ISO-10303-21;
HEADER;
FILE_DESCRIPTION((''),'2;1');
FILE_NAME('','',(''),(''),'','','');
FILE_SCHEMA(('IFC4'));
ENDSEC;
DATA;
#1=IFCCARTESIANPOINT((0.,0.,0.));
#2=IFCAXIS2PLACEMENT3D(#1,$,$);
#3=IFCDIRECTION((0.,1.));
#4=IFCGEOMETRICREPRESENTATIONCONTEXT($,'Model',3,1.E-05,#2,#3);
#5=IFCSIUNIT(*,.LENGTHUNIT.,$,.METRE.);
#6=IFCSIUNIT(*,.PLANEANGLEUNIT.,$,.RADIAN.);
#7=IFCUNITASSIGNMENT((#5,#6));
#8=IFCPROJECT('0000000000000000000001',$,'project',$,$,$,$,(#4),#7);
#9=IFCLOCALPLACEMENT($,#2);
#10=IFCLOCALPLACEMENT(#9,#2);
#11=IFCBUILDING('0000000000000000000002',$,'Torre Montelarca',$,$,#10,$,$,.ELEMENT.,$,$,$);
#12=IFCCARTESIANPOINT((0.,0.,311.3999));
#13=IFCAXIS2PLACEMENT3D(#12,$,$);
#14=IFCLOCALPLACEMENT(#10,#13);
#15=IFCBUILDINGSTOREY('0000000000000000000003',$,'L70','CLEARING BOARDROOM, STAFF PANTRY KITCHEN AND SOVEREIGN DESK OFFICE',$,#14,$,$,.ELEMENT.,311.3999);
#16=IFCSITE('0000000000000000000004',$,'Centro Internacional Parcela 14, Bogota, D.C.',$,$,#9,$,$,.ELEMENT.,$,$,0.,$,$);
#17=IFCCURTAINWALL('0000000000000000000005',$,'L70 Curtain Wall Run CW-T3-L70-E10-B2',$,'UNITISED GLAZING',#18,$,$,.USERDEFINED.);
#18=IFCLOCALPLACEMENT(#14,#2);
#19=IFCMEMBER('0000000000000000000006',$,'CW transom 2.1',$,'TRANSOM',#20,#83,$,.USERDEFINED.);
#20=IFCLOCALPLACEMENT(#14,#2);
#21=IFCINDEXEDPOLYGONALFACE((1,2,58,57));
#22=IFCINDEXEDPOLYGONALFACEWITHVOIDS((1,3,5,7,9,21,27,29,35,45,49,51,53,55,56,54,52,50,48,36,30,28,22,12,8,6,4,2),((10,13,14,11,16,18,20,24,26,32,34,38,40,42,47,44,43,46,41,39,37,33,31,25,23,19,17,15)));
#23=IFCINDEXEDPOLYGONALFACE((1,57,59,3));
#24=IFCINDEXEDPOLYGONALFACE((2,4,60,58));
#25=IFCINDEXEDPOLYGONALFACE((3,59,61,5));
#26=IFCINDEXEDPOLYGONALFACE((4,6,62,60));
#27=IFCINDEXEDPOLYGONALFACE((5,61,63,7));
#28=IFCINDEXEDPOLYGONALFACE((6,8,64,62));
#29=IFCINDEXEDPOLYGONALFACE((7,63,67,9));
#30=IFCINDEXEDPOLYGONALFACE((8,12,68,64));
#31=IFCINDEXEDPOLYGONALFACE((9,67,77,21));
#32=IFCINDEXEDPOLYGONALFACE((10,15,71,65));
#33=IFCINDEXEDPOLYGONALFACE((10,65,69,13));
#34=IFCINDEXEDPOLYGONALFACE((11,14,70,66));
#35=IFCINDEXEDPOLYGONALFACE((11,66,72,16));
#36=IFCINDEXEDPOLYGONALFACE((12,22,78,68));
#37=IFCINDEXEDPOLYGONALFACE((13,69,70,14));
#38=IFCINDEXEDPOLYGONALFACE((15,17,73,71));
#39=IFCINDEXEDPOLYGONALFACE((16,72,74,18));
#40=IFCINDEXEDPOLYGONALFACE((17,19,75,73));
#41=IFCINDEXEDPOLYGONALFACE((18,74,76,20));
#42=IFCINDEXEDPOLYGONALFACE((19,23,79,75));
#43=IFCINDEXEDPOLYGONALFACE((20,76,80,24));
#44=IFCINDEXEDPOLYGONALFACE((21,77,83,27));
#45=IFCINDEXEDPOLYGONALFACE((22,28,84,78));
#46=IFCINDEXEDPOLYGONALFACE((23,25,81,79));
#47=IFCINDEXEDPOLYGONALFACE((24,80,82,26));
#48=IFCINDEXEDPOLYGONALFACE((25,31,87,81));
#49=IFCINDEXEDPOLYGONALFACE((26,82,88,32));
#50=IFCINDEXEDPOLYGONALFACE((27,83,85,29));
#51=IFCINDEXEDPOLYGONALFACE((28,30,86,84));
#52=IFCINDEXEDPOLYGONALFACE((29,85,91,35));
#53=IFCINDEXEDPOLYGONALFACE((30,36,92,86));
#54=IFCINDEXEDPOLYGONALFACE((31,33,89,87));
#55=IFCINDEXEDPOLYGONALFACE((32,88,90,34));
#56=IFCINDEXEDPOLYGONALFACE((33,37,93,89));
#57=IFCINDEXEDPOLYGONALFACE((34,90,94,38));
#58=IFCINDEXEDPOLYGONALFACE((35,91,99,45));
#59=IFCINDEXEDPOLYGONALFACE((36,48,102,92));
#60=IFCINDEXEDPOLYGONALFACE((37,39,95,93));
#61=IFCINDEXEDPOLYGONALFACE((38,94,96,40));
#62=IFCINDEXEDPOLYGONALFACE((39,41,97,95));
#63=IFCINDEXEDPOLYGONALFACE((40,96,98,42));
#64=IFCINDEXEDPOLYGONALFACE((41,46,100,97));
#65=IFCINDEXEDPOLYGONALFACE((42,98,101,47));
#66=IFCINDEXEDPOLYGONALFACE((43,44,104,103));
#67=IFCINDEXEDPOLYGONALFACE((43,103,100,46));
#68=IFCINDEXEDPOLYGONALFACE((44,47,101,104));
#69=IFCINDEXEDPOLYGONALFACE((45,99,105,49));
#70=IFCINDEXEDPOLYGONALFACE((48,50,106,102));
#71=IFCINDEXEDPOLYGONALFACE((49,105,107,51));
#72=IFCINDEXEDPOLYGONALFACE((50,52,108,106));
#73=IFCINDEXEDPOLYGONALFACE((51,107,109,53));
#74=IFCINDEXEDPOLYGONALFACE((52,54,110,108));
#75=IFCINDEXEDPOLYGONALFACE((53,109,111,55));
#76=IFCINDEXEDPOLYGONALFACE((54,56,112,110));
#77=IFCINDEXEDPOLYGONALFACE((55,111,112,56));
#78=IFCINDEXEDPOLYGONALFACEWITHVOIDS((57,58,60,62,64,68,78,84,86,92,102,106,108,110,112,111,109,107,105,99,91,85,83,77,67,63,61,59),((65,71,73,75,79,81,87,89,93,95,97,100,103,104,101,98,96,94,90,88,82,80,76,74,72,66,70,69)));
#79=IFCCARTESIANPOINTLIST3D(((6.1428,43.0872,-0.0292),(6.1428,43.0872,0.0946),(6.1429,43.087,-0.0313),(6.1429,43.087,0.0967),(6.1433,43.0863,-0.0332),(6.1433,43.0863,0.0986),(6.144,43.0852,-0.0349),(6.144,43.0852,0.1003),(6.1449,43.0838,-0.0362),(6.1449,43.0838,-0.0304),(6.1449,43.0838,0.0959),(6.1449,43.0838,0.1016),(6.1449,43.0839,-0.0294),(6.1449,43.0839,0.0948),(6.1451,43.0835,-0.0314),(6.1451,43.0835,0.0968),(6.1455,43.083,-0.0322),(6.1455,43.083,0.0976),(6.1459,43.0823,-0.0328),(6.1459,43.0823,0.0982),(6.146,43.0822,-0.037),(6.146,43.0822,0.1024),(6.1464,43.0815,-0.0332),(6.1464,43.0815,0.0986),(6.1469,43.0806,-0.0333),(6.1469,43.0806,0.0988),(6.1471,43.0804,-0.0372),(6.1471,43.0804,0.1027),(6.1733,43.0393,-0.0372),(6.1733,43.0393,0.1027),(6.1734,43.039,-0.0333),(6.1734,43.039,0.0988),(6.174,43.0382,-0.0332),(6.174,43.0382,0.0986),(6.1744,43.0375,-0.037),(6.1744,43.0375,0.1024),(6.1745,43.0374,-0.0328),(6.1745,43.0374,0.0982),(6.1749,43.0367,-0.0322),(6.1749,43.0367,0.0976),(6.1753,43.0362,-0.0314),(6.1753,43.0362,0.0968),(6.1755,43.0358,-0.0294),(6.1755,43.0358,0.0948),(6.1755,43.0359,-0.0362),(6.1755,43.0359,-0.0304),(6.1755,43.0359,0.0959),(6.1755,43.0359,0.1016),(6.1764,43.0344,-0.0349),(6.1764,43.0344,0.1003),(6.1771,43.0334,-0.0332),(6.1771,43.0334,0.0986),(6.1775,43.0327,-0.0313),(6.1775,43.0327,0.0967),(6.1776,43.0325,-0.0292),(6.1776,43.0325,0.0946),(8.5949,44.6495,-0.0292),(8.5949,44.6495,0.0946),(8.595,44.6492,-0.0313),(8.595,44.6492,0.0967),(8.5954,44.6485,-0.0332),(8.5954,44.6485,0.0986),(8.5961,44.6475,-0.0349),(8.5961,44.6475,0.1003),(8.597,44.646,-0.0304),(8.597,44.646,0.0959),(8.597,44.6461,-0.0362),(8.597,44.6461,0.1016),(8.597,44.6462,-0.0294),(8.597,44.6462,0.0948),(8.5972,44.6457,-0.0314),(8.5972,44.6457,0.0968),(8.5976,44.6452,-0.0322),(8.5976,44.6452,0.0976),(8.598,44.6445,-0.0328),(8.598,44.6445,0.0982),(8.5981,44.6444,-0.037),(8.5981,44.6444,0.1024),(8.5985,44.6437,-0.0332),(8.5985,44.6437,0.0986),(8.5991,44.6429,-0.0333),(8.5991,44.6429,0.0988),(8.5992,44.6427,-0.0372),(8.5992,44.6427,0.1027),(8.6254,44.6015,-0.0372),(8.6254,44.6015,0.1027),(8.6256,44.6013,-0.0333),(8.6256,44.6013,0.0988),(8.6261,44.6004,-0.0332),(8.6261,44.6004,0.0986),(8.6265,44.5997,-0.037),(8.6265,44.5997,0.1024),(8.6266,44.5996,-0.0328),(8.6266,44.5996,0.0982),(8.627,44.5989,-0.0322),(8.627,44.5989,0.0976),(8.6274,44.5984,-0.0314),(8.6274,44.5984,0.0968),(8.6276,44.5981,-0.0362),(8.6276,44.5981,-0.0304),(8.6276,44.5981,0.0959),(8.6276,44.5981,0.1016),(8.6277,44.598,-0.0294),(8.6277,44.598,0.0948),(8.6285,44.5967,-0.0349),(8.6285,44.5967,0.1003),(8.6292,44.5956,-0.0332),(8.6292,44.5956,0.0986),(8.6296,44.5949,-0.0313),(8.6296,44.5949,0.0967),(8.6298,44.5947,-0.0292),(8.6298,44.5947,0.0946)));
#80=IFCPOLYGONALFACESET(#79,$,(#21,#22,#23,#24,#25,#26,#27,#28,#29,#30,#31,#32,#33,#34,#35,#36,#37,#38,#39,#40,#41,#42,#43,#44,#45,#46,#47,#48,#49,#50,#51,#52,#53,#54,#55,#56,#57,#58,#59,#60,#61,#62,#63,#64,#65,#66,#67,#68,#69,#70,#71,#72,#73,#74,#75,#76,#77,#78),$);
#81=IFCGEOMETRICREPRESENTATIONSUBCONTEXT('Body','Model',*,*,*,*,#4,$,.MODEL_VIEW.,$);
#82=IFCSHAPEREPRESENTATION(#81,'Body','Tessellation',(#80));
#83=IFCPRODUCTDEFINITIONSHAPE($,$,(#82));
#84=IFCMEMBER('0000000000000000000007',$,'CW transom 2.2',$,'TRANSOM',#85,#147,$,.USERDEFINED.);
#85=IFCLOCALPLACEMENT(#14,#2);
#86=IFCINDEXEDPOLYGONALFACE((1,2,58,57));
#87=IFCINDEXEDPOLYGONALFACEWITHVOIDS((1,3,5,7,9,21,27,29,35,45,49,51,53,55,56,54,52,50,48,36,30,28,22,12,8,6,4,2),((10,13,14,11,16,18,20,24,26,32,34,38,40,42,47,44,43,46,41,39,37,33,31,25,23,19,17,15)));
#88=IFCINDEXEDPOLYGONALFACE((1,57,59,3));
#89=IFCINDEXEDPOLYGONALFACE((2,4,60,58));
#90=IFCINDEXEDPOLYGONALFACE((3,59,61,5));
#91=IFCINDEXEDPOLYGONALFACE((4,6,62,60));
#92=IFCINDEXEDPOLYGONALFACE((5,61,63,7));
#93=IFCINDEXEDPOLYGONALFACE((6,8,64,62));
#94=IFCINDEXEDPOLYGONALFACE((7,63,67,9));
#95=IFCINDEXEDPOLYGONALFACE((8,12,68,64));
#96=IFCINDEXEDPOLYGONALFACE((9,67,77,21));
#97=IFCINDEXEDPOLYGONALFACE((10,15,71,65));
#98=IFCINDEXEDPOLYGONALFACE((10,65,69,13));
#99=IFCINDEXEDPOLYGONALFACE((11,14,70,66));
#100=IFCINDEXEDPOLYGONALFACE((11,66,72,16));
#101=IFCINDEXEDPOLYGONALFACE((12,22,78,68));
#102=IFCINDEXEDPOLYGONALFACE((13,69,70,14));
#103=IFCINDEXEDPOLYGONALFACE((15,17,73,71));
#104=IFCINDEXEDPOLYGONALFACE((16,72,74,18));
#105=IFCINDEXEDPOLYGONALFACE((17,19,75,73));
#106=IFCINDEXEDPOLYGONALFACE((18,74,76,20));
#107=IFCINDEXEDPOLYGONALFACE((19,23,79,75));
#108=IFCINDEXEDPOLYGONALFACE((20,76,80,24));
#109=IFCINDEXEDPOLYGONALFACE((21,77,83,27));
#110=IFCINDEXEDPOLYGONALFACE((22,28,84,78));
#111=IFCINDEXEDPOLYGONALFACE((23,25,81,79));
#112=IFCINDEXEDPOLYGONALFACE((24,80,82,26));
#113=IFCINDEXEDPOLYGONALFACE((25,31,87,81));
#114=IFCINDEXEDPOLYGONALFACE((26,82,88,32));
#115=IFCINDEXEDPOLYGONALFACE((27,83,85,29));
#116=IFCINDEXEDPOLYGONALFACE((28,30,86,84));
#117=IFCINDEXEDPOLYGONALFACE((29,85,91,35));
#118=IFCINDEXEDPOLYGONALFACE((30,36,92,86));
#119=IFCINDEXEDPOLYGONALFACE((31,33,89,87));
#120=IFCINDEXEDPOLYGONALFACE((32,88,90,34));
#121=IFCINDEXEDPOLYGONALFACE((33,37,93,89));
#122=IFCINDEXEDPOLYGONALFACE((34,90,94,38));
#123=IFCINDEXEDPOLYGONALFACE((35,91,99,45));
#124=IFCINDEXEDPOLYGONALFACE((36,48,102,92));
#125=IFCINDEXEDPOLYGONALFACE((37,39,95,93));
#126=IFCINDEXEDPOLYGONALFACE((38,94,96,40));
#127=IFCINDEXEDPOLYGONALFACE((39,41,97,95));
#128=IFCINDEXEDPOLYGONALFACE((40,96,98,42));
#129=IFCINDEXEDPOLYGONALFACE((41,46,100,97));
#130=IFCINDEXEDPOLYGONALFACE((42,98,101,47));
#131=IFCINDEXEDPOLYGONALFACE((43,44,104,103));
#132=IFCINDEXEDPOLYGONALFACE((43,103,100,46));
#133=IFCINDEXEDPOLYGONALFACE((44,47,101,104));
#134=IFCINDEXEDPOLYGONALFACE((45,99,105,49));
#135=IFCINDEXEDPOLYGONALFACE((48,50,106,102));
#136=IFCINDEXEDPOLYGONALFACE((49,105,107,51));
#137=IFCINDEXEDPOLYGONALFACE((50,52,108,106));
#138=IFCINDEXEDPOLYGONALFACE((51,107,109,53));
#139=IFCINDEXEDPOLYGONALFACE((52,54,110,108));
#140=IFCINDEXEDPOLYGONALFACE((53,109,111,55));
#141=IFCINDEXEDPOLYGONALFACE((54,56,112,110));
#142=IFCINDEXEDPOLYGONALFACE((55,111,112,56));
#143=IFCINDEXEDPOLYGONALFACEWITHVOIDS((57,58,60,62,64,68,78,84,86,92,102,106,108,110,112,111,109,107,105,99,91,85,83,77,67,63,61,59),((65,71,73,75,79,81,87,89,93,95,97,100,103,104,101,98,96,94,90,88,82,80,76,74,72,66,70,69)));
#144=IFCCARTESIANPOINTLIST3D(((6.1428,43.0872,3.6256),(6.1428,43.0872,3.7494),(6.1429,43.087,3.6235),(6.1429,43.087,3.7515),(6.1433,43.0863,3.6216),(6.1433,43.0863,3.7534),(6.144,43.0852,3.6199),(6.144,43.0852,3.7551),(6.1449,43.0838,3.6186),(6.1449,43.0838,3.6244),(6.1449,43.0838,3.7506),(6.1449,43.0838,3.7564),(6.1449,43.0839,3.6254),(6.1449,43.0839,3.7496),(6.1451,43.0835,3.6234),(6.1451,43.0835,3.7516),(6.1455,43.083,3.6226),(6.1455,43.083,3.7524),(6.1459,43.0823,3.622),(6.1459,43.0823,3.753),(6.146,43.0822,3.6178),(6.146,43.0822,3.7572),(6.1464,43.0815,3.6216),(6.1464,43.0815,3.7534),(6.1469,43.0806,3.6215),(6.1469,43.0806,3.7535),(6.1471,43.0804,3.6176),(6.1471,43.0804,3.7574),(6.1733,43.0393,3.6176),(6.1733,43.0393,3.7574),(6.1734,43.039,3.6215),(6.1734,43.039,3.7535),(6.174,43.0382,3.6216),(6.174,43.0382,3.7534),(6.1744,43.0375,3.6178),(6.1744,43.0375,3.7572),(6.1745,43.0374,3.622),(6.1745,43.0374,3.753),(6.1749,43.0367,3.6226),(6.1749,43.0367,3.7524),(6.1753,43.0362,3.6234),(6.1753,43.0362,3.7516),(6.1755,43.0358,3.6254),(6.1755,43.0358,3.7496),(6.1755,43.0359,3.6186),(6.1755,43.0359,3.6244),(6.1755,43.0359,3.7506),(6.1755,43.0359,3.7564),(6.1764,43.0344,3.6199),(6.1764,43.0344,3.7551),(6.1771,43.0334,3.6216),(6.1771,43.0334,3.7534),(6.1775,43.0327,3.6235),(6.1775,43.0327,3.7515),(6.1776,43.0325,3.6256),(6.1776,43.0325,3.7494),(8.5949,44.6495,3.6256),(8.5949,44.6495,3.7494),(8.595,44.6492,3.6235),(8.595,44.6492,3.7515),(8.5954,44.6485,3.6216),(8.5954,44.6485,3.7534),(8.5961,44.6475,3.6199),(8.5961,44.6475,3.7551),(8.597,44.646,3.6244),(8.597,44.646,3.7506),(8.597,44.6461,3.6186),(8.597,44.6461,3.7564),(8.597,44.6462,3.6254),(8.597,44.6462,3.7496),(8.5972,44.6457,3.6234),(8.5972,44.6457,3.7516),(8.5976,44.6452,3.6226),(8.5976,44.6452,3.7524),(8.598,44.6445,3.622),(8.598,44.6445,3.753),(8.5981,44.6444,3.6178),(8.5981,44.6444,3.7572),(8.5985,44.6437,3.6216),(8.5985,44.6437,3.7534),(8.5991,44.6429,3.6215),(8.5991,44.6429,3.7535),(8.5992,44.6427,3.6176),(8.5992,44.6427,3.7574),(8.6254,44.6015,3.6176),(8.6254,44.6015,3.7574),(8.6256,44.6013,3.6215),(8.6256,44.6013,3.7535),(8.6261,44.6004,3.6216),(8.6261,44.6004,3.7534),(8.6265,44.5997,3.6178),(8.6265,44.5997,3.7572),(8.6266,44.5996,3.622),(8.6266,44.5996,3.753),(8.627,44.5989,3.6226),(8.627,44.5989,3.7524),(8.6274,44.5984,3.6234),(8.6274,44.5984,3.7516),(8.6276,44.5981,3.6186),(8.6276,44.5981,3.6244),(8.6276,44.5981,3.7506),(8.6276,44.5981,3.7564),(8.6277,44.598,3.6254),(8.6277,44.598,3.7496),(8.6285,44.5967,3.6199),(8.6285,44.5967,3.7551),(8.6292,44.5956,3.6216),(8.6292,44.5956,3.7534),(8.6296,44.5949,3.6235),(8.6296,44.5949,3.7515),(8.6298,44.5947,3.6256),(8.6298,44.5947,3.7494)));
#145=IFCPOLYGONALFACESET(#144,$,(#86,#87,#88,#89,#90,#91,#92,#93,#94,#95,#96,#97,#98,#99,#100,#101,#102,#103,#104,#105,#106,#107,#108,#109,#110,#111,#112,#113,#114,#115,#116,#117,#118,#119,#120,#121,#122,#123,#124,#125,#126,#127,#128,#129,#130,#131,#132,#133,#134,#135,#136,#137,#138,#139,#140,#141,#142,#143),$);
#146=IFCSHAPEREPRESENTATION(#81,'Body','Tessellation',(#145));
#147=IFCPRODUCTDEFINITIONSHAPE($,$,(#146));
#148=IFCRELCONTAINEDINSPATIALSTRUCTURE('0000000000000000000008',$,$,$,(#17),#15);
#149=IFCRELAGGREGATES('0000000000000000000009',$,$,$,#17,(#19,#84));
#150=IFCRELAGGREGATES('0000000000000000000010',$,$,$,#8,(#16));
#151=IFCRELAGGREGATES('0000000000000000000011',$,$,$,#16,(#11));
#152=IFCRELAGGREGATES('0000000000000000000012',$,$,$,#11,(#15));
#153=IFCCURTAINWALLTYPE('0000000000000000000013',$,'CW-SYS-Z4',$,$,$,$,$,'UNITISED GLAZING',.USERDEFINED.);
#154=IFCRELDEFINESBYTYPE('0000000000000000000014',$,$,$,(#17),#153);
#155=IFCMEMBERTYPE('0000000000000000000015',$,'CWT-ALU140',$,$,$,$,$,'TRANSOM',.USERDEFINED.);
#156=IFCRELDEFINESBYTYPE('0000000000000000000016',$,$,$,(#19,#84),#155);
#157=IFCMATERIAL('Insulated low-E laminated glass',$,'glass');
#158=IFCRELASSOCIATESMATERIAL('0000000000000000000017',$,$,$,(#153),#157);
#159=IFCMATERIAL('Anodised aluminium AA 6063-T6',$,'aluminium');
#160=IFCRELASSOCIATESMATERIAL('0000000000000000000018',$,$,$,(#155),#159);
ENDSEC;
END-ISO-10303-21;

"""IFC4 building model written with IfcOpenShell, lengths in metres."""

from ifc_helpers import new_model, si_unit, direction, frame, origin, origin_2d, place, context, subcontext, project, spatial, hollow_rectangle, extrude, source, transform, mapped, material, material_profile, profile_set, type_object, element, aggregate, save


model = new_model("IFC4")

# Units and contexts
model_context = context("Model", 3, precision=1e-05, world=origin(), true_north=direction((0.0, 1.0)))
body_context = subcontext(model_context, "Body", "Model", "MODEL_VIEW")
ifc_project = project(units=[si_unit("LENGTHUNIT", "METRE"), si_unit("PLANEANGLEUNIT", "RADIAN")], contexts=[model_context])

# Site, building, storey
site_placement = place(None, origin())
site = spatial("IfcSite", under=ifc_project, at=site_placement, Name="Centro Internacional Parcela 14, Bogota, D.C.", CompositionType="ELEMENT", RefElevation=0.0)
building_placement = place(site_placement, origin())
building = spatial("IfcBuilding", under=site, at=building_placement, Name="Torre Montelarca", CompositionType="ELEMENT")
storey_placement = place(building_placement, frame((0.0, 0.0, 311.3999)))
storey = spatial("IfcBuildingStorey", under=building, at=storey_placement, Name="L70", Description="CLEARING BOARDROOM, STAFF PANTRY KITCHEN AND SOVEREIGN DESK OFFICE", CompositionType="ELEMENT", Elevation=311.3999)

# Curtain wall
ifc_material_1 = material(Name="Insulated low-E laminated glass", Category="glass")
curtain_wall_type = type_object("IfcCurtainWallType", Name="CW-SYS-Z4", ElementType="UNITISED GLAZING", PredefinedType="USERDEFINED", material=ifc_material_1)
curtain_wall_1_placement = place(storey_placement, origin())
curtain_wall_1 = element("IfcCurtainWall", 1, at=curtain_wall_1_placement, inside=storey, type_object=curtain_wall_type, Name="L70 Curtain Wall Run CW-T3-L70-E10-B2", ObjectType="UNITISED GLAZING", PredefinedType="USERDEFINED")
ifc_material_2 = material(Name="Anodised aluminium AA 6063-T6", Category="aluminium")

# Members
ifc_material_profile_1 = material_profile(ifc_material_2, hollow_rectangle(XDim=0.0649, YDim=0.1399, WallThickness=0.0039, InnerFilletRadius=0.0039, OuterFilletRadius=0.0081, at=origin_2d()), Name="ALU65X140X4", Category="aluminium")
ifc_profile_set_1 = profile_set([ifc_material_profile_1], Name="Anodised aluminium AA 6063-T6")
member_type_1 = type_object("IfcMemberType", Name="CWT-ALU140", ElementType="TRANSOM", PredefinedType="USERDEFINED", material=ifc_profile_set_1)
shared_shape_1 = source(origin(), body_context, "Body", "SweptSolid", [
    extrude(hollow_rectangle(XDim=0.0649, YDim=0.1399, WallThickness=0.0039, InnerFilletRadius=0.0039, OuterFilletRadius=0.0081, at=origin_2d()), origin(), (0.0, 0.0, 1.0), 2.9075),
])
member_1_placement = place(storey_placement, frame((8.6123, 44.6221, 0.0327), z_axis=(-0.843381, -0.537316, 0.0), x_axis=(0.537316, -0.843381, 0.0)))
member_1 = element("IfcMember", 2, at=member_1_placement, type_object=member_type_1, Name="CW transom 2.1", ObjectType="TRANSOM", PredefinedType="USERDEFINED", context=body_context, shape_type="MappedRepresentation", body=[
    mapped(shared_shape_1, transform((0.0, 0.0, 0.0), scale=1.0)),
])
member_2_placement = place(storey_placement, frame((8.6123, 44.6221, 3.6875), z_axis=(-0.843381, -0.537316, 0.0), x_axis=(0.537316, -0.843381, 0.0)))
member_2 = element("IfcMember", 3, at=member_2_placement, type_object=member_type_1, Name="CW transom 2.2", ObjectType="TRANSOM", PredefinedType="USERDEFINED", context=body_context, shape_type="MappedRepresentation", body=[
    mapped(shared_shape_1, transform((0.0, 0.0, 0.0), scale=1.0)),
])

aggregate(curtain_wall_1, [member_1, member_2])

save(model, "model.ifc")
